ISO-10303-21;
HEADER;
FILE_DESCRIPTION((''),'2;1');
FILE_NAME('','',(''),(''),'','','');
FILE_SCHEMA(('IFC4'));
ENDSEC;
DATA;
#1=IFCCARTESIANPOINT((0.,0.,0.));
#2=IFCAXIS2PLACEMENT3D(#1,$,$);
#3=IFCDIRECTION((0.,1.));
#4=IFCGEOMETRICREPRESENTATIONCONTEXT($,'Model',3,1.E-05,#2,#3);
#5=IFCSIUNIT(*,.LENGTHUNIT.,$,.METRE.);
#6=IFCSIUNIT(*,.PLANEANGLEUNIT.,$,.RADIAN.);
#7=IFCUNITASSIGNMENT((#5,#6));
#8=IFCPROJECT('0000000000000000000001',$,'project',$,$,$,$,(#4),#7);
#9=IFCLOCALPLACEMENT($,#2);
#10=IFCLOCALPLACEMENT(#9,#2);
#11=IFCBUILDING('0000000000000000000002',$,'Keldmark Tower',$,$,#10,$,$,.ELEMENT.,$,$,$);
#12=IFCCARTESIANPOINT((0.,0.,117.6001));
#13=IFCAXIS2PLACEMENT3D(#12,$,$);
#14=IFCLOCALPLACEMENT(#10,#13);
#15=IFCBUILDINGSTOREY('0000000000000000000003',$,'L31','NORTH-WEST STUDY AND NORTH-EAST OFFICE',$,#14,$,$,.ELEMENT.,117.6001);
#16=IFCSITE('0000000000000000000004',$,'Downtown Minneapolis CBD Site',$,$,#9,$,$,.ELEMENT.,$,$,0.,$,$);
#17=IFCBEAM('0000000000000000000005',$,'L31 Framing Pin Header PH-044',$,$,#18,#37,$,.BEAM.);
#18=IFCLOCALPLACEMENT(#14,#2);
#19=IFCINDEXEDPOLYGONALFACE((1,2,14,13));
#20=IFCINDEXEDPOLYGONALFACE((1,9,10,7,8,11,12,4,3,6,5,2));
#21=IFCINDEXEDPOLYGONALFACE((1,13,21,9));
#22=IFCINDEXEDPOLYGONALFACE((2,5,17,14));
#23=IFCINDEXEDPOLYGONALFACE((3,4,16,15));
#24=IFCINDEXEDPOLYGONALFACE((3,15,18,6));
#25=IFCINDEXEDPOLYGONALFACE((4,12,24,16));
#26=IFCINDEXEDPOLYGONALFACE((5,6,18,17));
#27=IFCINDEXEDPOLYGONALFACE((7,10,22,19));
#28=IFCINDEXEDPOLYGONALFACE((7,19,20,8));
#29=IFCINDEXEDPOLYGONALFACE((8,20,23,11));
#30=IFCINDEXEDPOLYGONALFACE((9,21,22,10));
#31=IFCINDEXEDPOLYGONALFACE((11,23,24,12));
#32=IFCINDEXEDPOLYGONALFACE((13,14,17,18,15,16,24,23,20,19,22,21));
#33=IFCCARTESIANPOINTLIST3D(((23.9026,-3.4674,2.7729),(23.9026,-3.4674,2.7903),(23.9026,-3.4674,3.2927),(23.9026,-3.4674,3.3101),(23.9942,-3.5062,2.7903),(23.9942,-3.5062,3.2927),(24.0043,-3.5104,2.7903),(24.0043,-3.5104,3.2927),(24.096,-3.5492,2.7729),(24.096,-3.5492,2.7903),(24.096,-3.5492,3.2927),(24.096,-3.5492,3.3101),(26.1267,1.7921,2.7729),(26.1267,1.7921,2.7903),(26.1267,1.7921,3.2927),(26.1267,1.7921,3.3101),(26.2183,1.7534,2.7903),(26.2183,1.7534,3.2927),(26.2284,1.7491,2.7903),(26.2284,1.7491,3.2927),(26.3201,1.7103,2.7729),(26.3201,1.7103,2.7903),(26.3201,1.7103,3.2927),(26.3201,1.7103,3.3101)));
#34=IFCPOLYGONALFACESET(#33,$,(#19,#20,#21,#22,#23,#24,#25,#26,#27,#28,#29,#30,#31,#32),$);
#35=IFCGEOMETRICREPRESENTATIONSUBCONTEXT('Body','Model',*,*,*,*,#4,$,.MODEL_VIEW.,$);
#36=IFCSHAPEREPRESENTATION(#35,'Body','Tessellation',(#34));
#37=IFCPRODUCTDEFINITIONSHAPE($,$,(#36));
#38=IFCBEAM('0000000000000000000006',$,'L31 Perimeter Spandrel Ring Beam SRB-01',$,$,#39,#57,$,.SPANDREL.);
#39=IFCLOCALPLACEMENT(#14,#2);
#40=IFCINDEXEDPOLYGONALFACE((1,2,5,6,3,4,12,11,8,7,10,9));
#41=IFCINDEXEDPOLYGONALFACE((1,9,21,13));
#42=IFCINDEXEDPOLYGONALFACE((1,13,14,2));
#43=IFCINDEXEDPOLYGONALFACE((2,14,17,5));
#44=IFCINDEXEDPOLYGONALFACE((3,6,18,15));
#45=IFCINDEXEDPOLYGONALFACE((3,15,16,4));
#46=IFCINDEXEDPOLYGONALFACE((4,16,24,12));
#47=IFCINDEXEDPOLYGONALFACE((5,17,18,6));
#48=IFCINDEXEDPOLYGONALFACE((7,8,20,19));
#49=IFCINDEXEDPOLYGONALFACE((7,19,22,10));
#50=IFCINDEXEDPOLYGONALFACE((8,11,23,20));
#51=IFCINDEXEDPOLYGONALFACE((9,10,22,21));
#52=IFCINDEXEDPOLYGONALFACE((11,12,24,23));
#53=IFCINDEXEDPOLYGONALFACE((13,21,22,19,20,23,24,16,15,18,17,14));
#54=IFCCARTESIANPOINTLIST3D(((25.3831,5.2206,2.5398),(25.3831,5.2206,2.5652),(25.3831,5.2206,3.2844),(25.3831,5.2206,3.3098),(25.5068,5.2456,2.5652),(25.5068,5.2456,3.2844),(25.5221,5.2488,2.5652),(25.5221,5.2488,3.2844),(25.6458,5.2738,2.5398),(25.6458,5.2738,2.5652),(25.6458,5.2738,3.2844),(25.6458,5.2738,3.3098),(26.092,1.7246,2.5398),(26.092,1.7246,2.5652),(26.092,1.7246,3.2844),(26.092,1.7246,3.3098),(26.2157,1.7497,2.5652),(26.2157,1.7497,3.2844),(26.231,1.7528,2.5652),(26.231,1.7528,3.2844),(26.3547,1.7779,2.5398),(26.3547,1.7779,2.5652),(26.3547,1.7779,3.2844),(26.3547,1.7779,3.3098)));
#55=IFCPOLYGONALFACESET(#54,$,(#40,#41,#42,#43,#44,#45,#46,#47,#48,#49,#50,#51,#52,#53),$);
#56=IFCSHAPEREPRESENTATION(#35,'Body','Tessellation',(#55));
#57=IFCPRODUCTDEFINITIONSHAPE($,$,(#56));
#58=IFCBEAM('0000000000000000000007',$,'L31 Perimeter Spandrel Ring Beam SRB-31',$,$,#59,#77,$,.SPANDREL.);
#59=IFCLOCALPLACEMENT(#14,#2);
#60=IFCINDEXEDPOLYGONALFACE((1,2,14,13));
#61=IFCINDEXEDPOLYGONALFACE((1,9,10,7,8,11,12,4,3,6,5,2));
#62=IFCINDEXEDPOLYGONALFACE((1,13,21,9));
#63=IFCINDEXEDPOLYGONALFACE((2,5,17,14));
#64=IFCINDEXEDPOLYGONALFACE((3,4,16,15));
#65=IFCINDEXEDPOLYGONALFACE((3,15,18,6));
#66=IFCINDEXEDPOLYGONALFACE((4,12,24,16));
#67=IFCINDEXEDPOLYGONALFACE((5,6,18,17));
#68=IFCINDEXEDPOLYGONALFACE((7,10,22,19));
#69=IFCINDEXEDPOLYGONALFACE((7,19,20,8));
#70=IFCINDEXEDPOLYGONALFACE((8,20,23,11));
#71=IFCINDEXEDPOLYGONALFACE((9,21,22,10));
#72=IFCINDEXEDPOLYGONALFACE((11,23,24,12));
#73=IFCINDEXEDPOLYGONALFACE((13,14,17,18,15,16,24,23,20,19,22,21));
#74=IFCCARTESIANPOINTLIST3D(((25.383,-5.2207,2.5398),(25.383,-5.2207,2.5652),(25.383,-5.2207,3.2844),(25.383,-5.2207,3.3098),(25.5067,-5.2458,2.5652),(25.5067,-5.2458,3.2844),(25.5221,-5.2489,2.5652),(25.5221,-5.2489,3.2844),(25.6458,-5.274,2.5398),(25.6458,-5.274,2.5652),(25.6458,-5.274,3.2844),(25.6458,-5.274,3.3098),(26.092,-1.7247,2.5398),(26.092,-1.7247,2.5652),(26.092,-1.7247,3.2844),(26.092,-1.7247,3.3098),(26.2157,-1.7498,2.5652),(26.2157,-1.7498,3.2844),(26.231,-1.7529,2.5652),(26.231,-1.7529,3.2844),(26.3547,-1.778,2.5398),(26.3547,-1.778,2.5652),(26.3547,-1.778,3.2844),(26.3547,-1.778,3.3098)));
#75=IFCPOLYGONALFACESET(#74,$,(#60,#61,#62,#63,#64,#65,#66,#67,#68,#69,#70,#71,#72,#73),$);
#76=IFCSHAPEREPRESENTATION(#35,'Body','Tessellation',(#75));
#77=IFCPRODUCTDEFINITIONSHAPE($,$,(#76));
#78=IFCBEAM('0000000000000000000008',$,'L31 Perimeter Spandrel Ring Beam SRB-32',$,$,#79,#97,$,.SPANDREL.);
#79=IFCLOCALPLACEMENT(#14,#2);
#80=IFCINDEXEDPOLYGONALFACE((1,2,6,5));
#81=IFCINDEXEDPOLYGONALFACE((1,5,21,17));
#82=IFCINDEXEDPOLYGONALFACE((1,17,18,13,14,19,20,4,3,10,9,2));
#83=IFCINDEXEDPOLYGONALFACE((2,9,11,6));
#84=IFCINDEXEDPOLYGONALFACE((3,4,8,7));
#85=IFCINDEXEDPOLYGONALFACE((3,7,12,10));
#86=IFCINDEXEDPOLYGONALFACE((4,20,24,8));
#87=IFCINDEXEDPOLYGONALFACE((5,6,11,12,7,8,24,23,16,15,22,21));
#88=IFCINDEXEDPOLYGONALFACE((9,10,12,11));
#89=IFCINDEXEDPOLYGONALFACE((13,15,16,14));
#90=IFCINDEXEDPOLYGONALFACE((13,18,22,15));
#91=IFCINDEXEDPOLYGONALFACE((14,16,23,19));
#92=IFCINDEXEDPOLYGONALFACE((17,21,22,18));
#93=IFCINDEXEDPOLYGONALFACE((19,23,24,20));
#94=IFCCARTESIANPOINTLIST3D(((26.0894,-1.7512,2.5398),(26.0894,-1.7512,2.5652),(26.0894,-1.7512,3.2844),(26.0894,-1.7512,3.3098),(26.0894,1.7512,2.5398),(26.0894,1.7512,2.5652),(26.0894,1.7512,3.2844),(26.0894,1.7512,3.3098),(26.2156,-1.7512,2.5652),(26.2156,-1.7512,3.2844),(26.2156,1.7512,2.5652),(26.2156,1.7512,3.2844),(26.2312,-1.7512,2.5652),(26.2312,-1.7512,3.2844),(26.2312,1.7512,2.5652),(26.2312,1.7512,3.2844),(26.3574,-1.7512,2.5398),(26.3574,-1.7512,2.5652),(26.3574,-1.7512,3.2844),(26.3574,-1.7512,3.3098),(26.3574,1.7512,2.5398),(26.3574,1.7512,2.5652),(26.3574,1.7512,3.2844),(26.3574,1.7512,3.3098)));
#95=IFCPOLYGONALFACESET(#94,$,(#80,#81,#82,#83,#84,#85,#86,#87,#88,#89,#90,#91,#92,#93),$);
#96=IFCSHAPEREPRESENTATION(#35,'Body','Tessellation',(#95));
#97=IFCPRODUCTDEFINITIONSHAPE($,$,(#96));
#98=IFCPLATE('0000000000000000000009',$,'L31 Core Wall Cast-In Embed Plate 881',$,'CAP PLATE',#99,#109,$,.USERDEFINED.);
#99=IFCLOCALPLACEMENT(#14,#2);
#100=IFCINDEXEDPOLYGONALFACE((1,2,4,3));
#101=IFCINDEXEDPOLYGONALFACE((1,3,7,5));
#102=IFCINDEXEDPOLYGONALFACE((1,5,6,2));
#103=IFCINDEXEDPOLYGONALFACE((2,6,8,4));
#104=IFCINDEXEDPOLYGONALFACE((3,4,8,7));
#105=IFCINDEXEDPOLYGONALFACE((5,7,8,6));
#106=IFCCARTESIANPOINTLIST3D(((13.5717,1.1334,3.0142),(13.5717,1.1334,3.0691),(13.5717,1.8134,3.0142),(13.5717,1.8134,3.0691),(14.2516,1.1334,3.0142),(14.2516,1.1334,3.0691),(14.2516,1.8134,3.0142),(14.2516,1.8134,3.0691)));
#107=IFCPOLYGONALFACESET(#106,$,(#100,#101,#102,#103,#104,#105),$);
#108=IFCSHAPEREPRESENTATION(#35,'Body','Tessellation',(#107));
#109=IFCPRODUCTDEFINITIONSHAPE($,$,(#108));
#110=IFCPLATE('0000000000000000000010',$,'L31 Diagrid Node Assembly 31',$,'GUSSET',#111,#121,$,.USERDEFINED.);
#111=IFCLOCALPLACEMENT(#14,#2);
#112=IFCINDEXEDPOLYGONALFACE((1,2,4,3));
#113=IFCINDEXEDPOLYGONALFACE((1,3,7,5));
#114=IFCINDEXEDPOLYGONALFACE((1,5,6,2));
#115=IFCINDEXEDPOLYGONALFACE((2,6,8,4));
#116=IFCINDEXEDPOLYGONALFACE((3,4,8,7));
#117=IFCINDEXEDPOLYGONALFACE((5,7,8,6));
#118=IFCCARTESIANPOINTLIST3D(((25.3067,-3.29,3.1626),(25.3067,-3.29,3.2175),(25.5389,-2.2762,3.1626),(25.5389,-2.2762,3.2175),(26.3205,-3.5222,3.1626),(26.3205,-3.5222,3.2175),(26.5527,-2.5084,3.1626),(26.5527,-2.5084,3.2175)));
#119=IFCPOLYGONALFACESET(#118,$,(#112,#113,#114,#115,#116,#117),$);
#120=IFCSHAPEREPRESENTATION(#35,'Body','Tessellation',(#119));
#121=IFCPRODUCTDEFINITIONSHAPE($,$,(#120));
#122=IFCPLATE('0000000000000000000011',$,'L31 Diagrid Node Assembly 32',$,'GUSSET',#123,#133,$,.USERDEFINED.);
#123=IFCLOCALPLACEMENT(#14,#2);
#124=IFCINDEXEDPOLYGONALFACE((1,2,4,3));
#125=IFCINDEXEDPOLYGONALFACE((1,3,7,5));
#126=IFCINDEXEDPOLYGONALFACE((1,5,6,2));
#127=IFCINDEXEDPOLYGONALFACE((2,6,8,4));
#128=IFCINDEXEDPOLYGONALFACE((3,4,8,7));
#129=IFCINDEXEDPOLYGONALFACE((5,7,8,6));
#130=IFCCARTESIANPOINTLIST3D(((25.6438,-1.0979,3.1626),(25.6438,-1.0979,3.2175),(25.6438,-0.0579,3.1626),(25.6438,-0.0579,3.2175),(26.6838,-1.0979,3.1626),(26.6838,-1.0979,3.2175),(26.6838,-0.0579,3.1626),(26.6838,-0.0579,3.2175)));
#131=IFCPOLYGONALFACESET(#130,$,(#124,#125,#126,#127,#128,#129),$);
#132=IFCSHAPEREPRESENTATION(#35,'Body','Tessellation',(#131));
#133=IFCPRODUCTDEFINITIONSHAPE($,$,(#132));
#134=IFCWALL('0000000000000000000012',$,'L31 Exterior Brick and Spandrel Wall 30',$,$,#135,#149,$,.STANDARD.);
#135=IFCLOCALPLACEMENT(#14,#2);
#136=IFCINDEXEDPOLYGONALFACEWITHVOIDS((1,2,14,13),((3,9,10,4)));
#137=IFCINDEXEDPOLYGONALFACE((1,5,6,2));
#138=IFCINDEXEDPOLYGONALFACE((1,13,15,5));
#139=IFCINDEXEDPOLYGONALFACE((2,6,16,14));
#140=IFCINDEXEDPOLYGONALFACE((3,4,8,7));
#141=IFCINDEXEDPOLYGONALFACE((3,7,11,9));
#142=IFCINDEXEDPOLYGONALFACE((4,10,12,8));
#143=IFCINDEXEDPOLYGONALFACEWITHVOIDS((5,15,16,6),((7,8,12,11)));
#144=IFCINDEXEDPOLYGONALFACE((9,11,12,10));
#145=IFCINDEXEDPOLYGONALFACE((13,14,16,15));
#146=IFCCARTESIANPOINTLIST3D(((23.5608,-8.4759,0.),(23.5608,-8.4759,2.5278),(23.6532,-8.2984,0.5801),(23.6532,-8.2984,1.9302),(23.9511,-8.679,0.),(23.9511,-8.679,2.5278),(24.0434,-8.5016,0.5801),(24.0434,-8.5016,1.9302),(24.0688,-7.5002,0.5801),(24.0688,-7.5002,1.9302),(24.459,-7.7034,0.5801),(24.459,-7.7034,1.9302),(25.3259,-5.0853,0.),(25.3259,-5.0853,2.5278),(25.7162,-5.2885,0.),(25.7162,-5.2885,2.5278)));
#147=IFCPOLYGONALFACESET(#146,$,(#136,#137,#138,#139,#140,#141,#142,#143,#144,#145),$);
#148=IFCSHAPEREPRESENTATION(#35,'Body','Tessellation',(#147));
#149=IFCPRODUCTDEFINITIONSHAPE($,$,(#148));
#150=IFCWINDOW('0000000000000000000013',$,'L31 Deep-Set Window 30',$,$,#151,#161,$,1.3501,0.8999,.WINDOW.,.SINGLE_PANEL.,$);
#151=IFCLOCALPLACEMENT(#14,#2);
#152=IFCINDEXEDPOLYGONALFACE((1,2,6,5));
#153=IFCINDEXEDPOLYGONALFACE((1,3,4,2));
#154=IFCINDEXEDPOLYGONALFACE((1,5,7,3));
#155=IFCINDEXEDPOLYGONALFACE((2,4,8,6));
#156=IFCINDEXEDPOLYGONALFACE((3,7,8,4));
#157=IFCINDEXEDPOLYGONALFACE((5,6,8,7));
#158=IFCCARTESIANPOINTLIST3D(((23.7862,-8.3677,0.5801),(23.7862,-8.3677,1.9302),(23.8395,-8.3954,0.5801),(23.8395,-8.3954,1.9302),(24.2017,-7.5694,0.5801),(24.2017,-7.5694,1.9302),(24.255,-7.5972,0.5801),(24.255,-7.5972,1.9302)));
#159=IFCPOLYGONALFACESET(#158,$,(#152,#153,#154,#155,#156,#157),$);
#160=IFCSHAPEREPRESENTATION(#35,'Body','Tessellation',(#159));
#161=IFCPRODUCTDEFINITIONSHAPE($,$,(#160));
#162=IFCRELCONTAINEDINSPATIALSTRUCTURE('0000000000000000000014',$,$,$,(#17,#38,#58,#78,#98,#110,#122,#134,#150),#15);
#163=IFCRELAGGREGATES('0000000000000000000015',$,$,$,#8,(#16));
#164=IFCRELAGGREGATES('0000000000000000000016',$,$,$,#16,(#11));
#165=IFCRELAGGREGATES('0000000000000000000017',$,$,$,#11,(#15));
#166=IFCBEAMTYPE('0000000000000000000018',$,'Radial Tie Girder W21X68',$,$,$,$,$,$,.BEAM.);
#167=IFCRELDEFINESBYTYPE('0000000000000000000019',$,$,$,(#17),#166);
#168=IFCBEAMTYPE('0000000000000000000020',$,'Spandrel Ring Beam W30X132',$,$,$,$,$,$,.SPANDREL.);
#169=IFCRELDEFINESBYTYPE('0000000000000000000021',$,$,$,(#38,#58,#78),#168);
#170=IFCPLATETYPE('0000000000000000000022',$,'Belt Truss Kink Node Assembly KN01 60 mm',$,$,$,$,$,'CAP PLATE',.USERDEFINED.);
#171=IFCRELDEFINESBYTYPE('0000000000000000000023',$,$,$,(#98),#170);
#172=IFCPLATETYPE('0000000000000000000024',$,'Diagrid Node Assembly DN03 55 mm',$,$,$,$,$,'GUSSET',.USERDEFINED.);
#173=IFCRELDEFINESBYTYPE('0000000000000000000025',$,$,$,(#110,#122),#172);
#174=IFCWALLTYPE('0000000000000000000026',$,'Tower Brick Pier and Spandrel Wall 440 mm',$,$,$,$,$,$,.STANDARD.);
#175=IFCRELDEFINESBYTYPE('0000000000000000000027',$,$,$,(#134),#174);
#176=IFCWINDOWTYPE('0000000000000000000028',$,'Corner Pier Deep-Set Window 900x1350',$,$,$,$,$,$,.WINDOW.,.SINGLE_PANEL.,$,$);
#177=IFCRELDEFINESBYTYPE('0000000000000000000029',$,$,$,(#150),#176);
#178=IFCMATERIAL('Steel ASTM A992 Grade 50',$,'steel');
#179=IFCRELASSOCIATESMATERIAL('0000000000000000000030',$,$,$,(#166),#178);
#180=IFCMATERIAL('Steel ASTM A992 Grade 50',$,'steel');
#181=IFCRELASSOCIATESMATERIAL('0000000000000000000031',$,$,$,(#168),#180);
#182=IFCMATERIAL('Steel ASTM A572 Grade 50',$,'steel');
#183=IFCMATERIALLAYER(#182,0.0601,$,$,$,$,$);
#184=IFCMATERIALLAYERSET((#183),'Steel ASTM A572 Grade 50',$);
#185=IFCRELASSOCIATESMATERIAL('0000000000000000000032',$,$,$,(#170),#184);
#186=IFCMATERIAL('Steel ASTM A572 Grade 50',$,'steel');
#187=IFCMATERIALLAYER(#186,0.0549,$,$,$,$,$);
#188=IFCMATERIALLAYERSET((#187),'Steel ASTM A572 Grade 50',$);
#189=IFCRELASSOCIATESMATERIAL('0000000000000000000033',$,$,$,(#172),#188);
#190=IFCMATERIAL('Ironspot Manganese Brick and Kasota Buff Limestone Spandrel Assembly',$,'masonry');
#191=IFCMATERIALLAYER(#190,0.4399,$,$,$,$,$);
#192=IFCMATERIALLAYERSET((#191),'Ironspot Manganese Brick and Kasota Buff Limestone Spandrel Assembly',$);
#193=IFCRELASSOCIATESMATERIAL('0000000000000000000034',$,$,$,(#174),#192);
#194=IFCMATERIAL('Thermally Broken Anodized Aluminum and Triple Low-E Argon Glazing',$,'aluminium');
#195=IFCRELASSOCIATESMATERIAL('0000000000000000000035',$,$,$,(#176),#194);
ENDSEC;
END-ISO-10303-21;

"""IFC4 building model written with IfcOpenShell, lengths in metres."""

from ifc_helpers import new_model, si_unit, direction, frame, frame_2d, origin, origin_2d, place, context, subcontext, project, spatial, rectangle, i_section, extrude, material, layer, layer_set, material_profile, profile_set, type_object, element, fill, save


model = new_model("IFC4")

# Units and contexts
model_context = context("Model", 3, precision=1e-05, world=origin(), true_north=direction((0.0, 1.0)))
body_context = subcontext(model_context, "Body", "Model", "MODEL_VIEW")
ifc_project = project(units=[si_unit("LENGTHUNIT", "METRE"), si_unit("PLANEANGLEUNIT", "RADIAN")], contexts=[model_context])

# Site, building, storey
site_placement = place(None, origin())
site = spatial("IfcSite", under=ifc_project, at=site_placement, Name="Downtown Minneapolis CBD Site", CompositionType="ELEMENT", RefElevation=0.0)
building_placement = place(site_placement, origin())
building = spatial("IfcBuilding", under=site, at=building_placement, Name="Keldmark Tower", CompositionType="ELEMENT")
storey_placement = place(building_placement, frame((0.0, 0.0, 117.6001)))
storey = spatial("IfcBuildingStorey", under=building, at=storey_placement, Name="L31", Description="NORTH-WEST STUDY AND NORTH-EAST OFFICE", CompositionType="ELEMENT", Elevation=117.6001)

# Beams
ifc_material_1 = material(Name="Steel ASTM A992 Grade 50", Category="steel")
ifc_material_profile_1 = material_profile(ifc_material_1, i_section(OverallWidth=0.21, OverallDepth=0.5371, WebThickness=0.011, FlangeThickness=0.0173, at=origin_2d()), Name="W21X68")
ifc_profile_set_1 = profile_set([ifc_material_profile_1], Name="Steel ASTM A992 Grade 50")
beam_type_1 = type_object("IfcBeamType", Name="Radial Tie Girder W21X68", PredefinedType="BEAM", material=ifc_profile_set_1)
beam_1_placement = place(storey_placement, frame((26.2234, 1.7512, 3.0415), z_axis=(-0.389482, -0.921034, 0.0), x_axis=(0.921034, -0.389482, 0.0)))
element("IfcBeam", 1, at=beam_1_placement, inside=storey, type_object=beam_type_1, Name="L31 Framing Pin Header PH-044", PredefinedType="BEAM", context=body_context, shape_type="SweptSolid", body=[
    extrude(i_section(OverallWidth=0.21, OverallDepth=0.5371, WebThickness=0.011, FlangeThickness=0.0173, at=origin_2d()), origin(), (0.0, 0.0, 1.0), 5.7104),
])
ifc_material_2 = material(Name="Steel ASTM A992 Grade 50", Category="steel")
ifc_material_profile_2 = material_profile(ifc_material_2, i_section(OverallWidth=0.2681, OverallDepth=0.77, WebThickness=0.0156, FlangeThickness=0.0254, at=origin_2d()), Name="W30X132")
ifc_profile_set_2 = profile_set([ifc_material_profile_2], Name="Steel ASTM A992 Grade 50")
beam_type_2 = type_object("IfcBeamType", Name="Spandrel Ring Beam W30X132", PredefinedType="SPANDREL", material=ifc_profile_set_2)
for number, where, z_axis, x_axis, name in (
    (2, (26.2234, 1.7512, 2.9248), (-0.198748, 0.980051, 0.0), (-0.980051, -0.198748, 0.0), "L31 Perimeter Spandrel Ring Beam SRB-01"),
    (3, (25.5144, -5.2473, 2.9248), (0.198748, 0.980051, 0.0), (-0.980051, 0.198748, 0.0), "L31 Perimeter Spandrel Ring Beam SRB-31"),
):
    element("IfcBeam", number, at=place(storey_placement, frame(where, z_axis=z_axis, x_axis=x_axis)), inside=storey, type_object=beam_type_2, Name=name, PredefinedType="SPANDREL", context=body_context, shape_type="SweptSolid", body=[
        extrude(i_section(OverallWidth=0.2681, OverallDepth=0.77, WebThickness=0.0156, FlangeThickness=0.0254, at=origin_2d()), origin(), (0.0, 0.0, 1.0), 3.5671),
    ])
beam_2_placement = place(storey_placement, frame((26.2234, -1.7512, 2.9248), z_axis=(0.0, 1.0, 0.0), x_axis=(-1.0, 0.0, 0.0)))
element("IfcBeam", 4, at=beam_2_placement, inside=storey, type_object=beam_type_2, Name="L31 Perimeter Spandrel Ring Beam SRB-32", PredefinedType="SPANDREL", context=body_context, shape_type="SweptSolid", body=[
    extrude(i_section(OverallWidth=0.2681, OverallDepth=0.77, WebThickness=0.0156, FlangeThickness=0.0254, at=origin_2d()), origin(), (0.0, 0.0, 1.0), 3.5024),
])

# Plates
ifc_material_3 = material(Name="Steel ASTM A572 Grade 50", Category="steel")
ifc_layer_1 = layer(ifc_material_3, 0.0601)
ifc_layer_set_1 = layer_set([ifc_layer_1], Name="Steel ASTM A572 Grade 50")
plate_type_1 = type_object("IfcPlateType", Name="Belt Truss Kink Node Assembly KN01 60 mm", ElementType="CAP PLATE", PredefinedType="USERDEFINED", material=ifc_layer_set_1)
plate_placement = place(storey_placement, frame((13.9116, 1.4734, 3.0142), z_axis=(0.0, 0.0, 1.0), x_axis=(1.0, 0.0, 0.0)))
element("IfcPlate", 5, at=plate_placement, inside=storey, type_object=plate_type_1, Name="L31 Core Wall Cast-In Embed Plate 881", ObjectType="CAP PLATE", PredefinedType="USERDEFINED", context=body_context, shape_type="SweptSolid", body=[
    extrude(rectangle(XDim=0.6799, YDim=0.6799, at=origin_2d()), origin(), (0.0, 0.0, 1.0), 0.0549),
])
ifc_material_4 = material(Name="Steel ASTM A572 Grade 50", Category="steel")
ifc_layer_2 = layer(ifc_material_4, 0.0549)
ifc_layer_set_2 = layer_set([ifc_layer_2], Name="Steel ASTM A572 Grade 50")
plate_type_2 = type_object("IfcPlateType", Name="Diagrid Node Assembly DN03 55 mm", ElementType="GUSSET", PredefinedType="USERDEFINED", material=ifc_layer_set_2)
for number, where, z_axis, x_axis, name in (
    (6, (25.9297, -2.8992, 3.1626), (0.0, 0.0, 1.0), (0.22325, 0.974761, 0.0), "L31 Diagrid Node Assembly 31"),
    (7, (26.1638, -0.5779, 3.1626), (0.0, 0.0, 1.0), (0.0, 1.0, 0.0), "L31 Diagrid Node Assembly 32"),
):
    element("IfcPlate", number, at=place(storey_placement, frame(where, z_axis=z_axis, x_axis=x_axis)), inside=storey, type_object=plate_type_2, Name=name, ObjectType="GUSSET", PredefinedType="USERDEFINED", context=body_context, shape_type="SweptSolid", body=[
        extrude(rectangle(XDim=1.04, YDim=1.04, at=origin_2d()), origin(), (0.0, 0.0, 1.0), 0.0549),
    ])

# Wall, opening, window
ifc_material_5 = material(Name="Ironspot Manganese Brick and Kasota Buff Limestone Spandrel Assembly", Category="masonry")
ifc_layer_3 = layer(ifc_material_5, 0.4399)
ifc_layer_set_3 = layer_set([ifc_layer_3], Name="Ironspot Manganese Brick and Kasota Buff Limestone Spandrel Assembly")
wall_type_1 = type_object("IfcWallType", Name="Tower Brick Pier and Spandrel Wall 440 mm", PredefinedType="STANDARD", material=ifc_layer_set_3)
wall_1_placement = place(storey_placement, frame((25.521, -5.187, 0.0), z_axis=(0.0, 0.0, 1.0), x_axis=(-0.461767, -0.887001, 0.0)))
wall_1 = element("IfcWall", 8, at=wall_1_placement, inside=storey, type_object=wall_type_1, Name="L31 Exterior Brick and Spandrel Wall 30", PredefinedType="STANDARD", context=body_context, shape_type="SweptSolid", body=[
    extrude(rectangle(XDim=3.8225, YDim=0.4399, at=frame_2d((1.9111, 0.0))), origin(), (0.0, 0.0, 1.0), 2.5278),
])
opening_1_placement = place(wall_1_placement, frame((2.7224, 0.0, 0.5801)))
opening_1 = element("IfcOpeningElement", 9, at=opening_1_placement, cuts=wall_1, PredefinedType="OPENING", context=body_context, shape_type="SweptSolid", body=[
    extrude(rectangle(XDim=0.8999, YDim=1.3501, at=frame_2d((0.45, 0.675))), frame((0.0, 0.23, 0.0), z_axis=(0.0, -1.0, 0.0), x_axis=(1.0, 0.0, 0.0)), (0.0, 0.0, 1.0), 0.46),
])
ifc_material_6 = material(Name="Thermally Broken Anodized Aluminum and Triple Low-E Argon Glazing", Category="aluminium")
window_type = type_object("IfcWindowType", Name="Corner Pier Deep-Set Window 900x1350", PartitioningType="SINGLE_PANEL", PredefinedType="WINDOW", material=ifc_material_6)
window_1_placement = place(opening_1_placement, origin())
window_1 = element("IfcWindow", 10, at=window_1_placement, inside=storey, type_object=window_type, Name="L31 Deep-Set Window 30", OverallHeight=1.3501, OverallWidth=0.8999, PartitioningType="SINGLE_PANEL", PredefinedType="WINDOW", context=body_context, shape_type="SweptSolid", body=[
    extrude(rectangle(XDim=0.8999, YDim=1.3501, at=frame_2d((0.45, 0.675))), frame((0.0, -0.01, 0.0), z_axis=(0.0, -1.0, 0.0), x_axis=(1.0, 0.0, 0.0)), (0.0, 0.0, 1.0), 0.0601),
])
fill(opening_1, window_1)

save(model, "model.ifc")
